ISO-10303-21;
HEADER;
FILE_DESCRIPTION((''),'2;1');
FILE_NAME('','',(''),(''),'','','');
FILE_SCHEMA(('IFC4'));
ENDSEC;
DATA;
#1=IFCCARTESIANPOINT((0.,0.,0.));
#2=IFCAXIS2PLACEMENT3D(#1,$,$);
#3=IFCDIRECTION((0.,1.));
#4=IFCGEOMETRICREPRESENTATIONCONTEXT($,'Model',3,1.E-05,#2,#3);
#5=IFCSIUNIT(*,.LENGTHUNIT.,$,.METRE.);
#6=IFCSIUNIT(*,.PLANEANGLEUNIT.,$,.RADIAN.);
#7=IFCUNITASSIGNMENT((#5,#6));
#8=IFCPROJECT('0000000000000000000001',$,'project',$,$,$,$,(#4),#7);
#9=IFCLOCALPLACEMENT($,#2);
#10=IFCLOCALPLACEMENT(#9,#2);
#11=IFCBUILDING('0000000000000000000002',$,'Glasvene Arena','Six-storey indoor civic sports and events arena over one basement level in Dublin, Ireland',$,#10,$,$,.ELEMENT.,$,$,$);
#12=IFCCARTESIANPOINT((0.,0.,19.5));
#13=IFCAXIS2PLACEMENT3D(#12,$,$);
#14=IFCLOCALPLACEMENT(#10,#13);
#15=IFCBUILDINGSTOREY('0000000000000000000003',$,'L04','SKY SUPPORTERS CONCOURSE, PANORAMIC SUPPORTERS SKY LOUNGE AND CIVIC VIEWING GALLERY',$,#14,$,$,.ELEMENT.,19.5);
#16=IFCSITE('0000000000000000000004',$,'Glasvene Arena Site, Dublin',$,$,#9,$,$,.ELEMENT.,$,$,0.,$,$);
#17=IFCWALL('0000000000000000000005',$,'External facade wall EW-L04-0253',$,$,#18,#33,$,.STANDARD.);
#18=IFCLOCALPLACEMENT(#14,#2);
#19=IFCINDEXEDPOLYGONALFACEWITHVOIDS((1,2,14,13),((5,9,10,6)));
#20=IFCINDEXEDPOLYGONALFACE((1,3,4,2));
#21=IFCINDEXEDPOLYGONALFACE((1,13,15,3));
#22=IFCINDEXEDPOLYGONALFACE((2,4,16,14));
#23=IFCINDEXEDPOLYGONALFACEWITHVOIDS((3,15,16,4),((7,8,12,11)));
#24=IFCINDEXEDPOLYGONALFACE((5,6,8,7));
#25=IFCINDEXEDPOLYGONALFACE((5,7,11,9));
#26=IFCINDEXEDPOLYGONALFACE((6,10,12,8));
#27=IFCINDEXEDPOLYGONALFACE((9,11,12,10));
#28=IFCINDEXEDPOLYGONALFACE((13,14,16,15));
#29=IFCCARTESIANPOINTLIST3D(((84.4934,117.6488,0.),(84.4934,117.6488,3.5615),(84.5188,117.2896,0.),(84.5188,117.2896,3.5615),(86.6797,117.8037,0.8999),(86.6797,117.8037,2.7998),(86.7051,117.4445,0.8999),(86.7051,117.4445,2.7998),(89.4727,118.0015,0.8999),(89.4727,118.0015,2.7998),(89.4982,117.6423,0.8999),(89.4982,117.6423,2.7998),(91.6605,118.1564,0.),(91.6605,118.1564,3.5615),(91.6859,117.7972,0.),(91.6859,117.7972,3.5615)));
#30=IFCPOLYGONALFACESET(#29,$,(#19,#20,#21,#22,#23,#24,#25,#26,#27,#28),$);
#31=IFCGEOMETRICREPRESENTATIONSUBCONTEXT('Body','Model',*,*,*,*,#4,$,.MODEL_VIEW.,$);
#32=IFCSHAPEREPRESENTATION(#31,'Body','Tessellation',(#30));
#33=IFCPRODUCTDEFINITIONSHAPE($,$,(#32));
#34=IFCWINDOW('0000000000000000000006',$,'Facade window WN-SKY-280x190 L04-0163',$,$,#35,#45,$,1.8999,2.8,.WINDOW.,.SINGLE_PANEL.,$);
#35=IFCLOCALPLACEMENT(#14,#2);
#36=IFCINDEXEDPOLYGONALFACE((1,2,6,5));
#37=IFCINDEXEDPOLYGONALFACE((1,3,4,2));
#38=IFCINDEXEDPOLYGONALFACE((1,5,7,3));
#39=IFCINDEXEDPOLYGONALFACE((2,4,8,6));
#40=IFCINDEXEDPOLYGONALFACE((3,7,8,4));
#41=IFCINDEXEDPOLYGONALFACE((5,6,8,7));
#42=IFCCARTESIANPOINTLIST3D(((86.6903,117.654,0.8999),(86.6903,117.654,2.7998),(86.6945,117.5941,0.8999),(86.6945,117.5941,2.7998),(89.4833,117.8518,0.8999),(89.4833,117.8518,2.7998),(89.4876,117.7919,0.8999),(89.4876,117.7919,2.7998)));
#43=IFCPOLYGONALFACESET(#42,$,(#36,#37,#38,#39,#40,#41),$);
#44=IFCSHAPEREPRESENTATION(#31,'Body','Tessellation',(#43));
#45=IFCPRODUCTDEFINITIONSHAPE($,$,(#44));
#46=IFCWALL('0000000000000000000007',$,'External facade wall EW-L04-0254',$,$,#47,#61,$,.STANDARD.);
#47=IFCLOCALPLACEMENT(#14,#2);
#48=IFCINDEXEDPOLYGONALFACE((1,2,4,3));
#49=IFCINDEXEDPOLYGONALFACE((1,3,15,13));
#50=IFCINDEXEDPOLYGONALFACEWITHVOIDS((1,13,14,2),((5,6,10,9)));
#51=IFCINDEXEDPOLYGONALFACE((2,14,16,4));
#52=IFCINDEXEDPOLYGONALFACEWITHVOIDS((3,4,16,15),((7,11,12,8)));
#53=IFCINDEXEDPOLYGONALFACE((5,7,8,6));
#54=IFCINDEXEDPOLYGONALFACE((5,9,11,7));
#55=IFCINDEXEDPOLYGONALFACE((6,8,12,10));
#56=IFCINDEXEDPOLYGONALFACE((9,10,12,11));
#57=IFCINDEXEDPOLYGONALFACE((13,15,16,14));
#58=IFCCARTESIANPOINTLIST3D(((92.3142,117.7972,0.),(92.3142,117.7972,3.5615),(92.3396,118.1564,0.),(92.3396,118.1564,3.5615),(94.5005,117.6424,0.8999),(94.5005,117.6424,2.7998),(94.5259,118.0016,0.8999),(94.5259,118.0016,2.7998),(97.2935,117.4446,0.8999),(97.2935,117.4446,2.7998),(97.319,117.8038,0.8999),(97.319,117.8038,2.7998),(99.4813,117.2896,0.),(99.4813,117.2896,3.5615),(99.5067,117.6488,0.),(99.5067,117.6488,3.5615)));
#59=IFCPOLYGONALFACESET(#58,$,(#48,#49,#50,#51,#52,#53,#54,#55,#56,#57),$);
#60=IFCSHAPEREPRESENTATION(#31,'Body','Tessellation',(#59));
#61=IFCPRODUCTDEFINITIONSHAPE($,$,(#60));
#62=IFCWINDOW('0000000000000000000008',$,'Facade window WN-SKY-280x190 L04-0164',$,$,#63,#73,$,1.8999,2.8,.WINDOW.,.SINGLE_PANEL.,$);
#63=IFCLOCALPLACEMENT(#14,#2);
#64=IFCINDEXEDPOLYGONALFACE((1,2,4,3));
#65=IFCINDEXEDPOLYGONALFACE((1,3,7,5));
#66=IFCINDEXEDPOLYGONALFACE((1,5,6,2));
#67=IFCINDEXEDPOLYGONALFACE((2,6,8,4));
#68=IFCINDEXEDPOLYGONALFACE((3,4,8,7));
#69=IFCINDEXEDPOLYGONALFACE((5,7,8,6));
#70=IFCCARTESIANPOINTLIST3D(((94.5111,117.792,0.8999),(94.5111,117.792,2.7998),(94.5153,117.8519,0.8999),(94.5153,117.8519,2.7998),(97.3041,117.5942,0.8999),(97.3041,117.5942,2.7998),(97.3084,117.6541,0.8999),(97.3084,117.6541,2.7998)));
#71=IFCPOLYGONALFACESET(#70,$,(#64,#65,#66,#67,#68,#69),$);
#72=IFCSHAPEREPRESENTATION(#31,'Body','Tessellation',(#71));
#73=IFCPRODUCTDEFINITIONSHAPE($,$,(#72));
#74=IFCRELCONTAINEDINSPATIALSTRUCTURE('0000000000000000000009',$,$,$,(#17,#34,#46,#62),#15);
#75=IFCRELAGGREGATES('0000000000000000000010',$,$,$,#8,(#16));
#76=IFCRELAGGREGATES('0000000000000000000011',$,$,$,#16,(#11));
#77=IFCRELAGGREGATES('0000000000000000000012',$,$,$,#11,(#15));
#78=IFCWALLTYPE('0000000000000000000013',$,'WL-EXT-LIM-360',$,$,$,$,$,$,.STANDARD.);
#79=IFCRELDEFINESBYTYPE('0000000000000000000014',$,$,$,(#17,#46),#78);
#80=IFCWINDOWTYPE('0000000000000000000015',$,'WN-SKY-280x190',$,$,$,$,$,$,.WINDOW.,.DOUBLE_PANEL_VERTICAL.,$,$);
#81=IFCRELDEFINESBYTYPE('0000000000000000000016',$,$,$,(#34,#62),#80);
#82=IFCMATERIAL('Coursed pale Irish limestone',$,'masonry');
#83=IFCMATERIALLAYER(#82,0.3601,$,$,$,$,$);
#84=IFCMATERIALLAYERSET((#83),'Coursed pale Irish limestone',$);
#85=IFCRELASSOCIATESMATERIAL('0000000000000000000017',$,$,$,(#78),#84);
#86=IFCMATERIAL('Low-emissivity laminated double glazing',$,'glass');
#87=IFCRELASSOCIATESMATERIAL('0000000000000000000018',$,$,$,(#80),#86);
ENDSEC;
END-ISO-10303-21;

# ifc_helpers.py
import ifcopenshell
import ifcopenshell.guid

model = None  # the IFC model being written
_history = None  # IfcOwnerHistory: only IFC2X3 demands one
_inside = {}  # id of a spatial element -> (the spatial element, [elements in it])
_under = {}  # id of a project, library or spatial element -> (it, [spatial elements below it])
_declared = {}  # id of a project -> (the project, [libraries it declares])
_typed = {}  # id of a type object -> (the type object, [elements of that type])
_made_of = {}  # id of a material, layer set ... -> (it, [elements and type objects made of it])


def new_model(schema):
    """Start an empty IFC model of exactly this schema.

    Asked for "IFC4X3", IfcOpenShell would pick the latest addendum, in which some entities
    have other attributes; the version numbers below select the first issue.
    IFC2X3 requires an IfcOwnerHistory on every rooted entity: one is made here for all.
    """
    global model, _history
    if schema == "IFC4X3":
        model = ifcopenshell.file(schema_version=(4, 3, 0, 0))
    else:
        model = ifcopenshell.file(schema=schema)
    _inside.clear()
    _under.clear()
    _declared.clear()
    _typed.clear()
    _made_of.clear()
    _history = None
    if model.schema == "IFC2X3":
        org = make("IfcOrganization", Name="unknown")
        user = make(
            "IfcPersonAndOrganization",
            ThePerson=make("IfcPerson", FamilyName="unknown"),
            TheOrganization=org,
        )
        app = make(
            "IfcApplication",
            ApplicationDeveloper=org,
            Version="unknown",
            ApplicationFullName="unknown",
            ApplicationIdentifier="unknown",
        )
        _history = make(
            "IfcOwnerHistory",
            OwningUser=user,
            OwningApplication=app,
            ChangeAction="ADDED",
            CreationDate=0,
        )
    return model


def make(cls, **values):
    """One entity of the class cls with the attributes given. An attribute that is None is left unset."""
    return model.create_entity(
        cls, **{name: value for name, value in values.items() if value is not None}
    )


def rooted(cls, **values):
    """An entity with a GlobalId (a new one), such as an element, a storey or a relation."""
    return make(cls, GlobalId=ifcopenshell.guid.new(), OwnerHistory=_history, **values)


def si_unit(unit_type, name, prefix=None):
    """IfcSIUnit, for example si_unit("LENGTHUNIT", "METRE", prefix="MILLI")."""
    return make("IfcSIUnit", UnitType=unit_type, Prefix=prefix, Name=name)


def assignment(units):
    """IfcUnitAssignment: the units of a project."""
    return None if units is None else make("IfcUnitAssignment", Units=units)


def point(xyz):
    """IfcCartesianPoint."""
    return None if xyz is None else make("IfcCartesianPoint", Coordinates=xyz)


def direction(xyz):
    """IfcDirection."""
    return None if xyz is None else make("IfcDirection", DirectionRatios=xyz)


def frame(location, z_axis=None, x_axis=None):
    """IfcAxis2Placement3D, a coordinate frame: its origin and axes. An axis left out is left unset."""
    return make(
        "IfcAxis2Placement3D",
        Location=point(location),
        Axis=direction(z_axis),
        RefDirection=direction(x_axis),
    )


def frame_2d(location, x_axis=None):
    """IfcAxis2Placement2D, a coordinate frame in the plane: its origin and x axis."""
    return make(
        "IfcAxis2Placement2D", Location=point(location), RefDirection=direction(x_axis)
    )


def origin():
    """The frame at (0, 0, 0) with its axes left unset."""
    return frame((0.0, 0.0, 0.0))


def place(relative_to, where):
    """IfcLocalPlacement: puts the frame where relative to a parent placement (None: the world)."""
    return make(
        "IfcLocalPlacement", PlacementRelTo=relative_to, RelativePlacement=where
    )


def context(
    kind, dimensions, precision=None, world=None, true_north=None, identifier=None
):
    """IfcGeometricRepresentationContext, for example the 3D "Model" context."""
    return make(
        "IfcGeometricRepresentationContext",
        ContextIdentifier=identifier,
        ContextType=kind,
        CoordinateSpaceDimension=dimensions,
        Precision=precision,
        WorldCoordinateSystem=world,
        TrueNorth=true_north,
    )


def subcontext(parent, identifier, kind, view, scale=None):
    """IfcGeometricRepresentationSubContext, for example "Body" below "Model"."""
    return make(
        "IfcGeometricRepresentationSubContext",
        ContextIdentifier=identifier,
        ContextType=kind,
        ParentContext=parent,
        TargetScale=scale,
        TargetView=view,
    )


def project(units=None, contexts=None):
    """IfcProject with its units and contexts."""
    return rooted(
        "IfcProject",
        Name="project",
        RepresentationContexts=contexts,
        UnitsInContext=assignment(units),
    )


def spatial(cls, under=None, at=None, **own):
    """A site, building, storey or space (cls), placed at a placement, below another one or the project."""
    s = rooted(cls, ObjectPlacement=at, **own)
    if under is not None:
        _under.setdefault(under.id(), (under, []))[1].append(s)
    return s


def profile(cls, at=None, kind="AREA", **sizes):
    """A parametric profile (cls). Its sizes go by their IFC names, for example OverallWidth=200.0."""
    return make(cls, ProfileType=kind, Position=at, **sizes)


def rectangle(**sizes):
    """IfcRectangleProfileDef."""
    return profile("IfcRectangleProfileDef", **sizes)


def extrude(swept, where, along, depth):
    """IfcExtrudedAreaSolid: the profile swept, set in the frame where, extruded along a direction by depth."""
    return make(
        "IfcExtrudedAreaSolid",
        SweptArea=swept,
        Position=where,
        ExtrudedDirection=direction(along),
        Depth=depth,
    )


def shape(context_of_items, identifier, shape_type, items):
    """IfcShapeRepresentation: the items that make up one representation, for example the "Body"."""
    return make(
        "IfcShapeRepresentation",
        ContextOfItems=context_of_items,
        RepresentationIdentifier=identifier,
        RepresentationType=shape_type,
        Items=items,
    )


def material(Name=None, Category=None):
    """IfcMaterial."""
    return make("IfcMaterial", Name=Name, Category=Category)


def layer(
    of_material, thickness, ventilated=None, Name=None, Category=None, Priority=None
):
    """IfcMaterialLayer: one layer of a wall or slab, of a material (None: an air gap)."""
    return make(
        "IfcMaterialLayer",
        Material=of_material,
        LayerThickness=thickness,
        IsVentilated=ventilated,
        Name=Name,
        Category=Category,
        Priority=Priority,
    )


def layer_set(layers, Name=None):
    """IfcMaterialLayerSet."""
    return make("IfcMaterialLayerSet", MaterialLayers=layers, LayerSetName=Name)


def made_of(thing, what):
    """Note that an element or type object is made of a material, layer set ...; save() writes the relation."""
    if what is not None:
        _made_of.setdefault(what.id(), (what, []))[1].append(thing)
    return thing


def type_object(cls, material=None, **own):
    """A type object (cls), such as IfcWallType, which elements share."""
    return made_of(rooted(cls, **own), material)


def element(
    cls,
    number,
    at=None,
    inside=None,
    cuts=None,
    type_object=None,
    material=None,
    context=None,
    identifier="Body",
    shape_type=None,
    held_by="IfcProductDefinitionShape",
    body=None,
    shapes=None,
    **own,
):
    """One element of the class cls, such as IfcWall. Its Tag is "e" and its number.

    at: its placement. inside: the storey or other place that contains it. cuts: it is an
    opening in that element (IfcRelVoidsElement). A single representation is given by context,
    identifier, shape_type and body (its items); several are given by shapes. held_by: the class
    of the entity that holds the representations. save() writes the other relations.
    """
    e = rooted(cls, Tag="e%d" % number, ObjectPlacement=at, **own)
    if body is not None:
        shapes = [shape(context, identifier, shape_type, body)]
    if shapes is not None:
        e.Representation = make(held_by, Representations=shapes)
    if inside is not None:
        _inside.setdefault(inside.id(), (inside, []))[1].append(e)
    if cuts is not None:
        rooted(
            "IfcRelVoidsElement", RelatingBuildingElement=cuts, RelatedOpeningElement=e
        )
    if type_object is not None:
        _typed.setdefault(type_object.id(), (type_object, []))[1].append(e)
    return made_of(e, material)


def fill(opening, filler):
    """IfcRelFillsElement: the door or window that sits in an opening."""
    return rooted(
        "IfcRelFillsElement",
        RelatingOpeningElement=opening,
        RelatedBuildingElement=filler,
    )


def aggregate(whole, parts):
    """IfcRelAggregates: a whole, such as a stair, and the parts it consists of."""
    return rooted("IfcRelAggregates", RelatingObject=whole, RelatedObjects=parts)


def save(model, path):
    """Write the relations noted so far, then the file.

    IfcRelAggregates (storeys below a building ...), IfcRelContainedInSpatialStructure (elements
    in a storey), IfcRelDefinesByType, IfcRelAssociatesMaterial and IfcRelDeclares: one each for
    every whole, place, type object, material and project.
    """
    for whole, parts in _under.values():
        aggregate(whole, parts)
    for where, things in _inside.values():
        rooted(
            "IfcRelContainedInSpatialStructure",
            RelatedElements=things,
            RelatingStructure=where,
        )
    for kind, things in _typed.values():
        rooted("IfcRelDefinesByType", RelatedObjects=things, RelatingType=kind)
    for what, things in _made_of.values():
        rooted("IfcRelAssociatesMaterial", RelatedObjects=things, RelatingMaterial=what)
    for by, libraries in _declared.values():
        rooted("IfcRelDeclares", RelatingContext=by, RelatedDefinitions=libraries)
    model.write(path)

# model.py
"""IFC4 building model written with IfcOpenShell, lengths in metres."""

from ifc_helpers import new_model, si_unit, direction, frame, frame_2d, origin, place, context, subcontext, project, spatial, rectangle, extrude, material, layer, layer_set, type_object, element, fill, save


model = new_model("IFC4")

# Units and contexts
model_context = context("Model", 3, precision=1e-05, world=origin(), true_north=direction((0.0, 1.0)))
body_context = subcontext(model_context, "Body", "Model", "MODEL_VIEW")
ifc_project = project(units=[si_unit("LENGTHUNIT", "METRE"), si_unit("PLANEANGLEUNIT", "RADIAN")], contexts=[model_context])

# Site, building, storey
site_placement = place(None, origin())
site = spatial("IfcSite", under=ifc_project, at=site_placement, Name="Glasvene Arena Site, Dublin", CompositionType="ELEMENT", RefElevation=0.0)
building_placement = place(site_placement, origin())
building = spatial("IfcBuilding", under=site, at=building_placement, Name="Glasvene Arena", Description="Six-storey indoor civic sports and events arena over one basement level in Dublin, Ireland", CompositionType="ELEMENT")
storey_placement = place(building_placement, frame((0.0, 0.0, 19.5)))
storey = spatial("IfcBuildingStorey", under=building, at=storey_placement, Name="L04", Description="SKY SUPPORTERS CONCOURSE, PANORAMIC SUPPORTERS SKY LOUNGE AND CIVIC VIEWING GALLERY", CompositionType="ELEMENT", Elevation=19.5)

# Shared definitions
ifc_material_1 = material(Name="Low-emissivity laminated double glazing", Category="glass")

# Walls, openings, windows
ifc_material_2 = material(Name="Coursed pale Irish limestone", Category="masonry")
ifc_layer_1 = layer(ifc_material_2, 0.3601)
ifc_layer_set_1 = layer_set([ifc_layer_1], Name="Coursed pale Irish limestone")
wall_type = type_object("IfcWallType", Name="WL-EXT-LIM-360", PredefinedType="STANDARD", material=ifc_layer_set_1)
wall_1_placement = place(storey_placement, frame((84.5061, 117.4692, 0.0), z_axis=(0.0, 0.0, 1.0), x_axis=(0.997502, 0.070643, 0.0)))
wall_1 = element("IfcWall", 1, at=wall_1_placement, inside=storey, type_object=wall_type, Name="External facade wall EW-L04-0253", PredefinedType="STANDARD", context=body_context, shape_type="SweptSolid", body=[
    extrude(rectangle(XDim=7.1851, YDim=0.3601, at=frame_2d((3.5925, 0.0))), origin(), (0.0, 0.0, 1.0), 3.5615),
])
opening_1_placement = place(wall_1_placement, frame((2.1919, 0.0, 0.8999)))
opening_1 = element("IfcOpeningElement", 2, at=opening_1_placement, cuts=wall_1, PredefinedType="OPENING", context=body_context, shape_type="SweptSolid", body=[
    extrude(rectangle(XDim=2.8, YDim=1.8999, at=frame_2d((1.3999, 0.95))), frame((0.0, 0.1899, 0.0), z_axis=(0.0, -1.0, 0.0), x_axis=(1.0, 0.0, 0.0)), (0.0, 0.0, 1.0), 0.3801),
])
window_type = type_object("IfcWindowType", Name="WN-SKY-280x190", PartitioningType="DOUBLE_PANEL_VERTICAL", PredefinedType="WINDOW", material=ifc_material_1)
window_1_placement = place(opening_1_placement, origin())
window_1 = element("IfcWindow", 3, at=window_1_placement, inside=storey, type_object=window_type, Name="Facade window WN-SKY-280x190 L04-0163", OverallHeight=1.8999, OverallWidth=2.8, PartitioningType="SINGLE_PANEL", PredefinedType="WINDOW", context=body_context, shape_type="SweptSolid", body=[
    extrude(rectangle(XDim=2.8, YDim=1.8999, at=frame_2d((1.3999, 0.95))), frame((0.0, 0.03, 0.0), z_axis=(0.0, -1.0, 0.0), x_axis=(1.0, 0.0, 0.0)), (0.0, 0.0, 1.0), 0.0601),
])
fill(opening_1, window_1)
wall_2_placement = place(storey_placement, frame((92.3269, 117.9768, 0.0), z_axis=(0.0, 0.0, 1.0), x_axis=(0.997502, -0.070643, 0.0)))
wall_2 = element("IfcWall", 4, at=wall_2_placement, inside=storey, type_object=wall_type, Name="External facade wall EW-L04-0254", PredefinedType="STANDARD", context=body_context, shape_type="SweptSolid", body=[
    extrude(rectangle(XDim=7.1851, YDim=0.3601, at=frame_2d((3.5925, 0.0))), origin(), (0.0, 0.0, 1.0), 3.5615),
])
opening_2_placement = place(wall_2_placement, frame((2.1919, 0.0, 0.8999)))
opening_2 = element("IfcOpeningElement", 5, at=opening_2_placement, cuts=wall_2, PredefinedType="OPENING", context=body_context, shape_type="SweptSolid", body=[
    extrude(rectangle(XDim=2.8, YDim=1.8999, at=frame_2d((1.3999, 0.95))), frame((0.0, 0.1899, 0.0), z_axis=(0.0, -1.0, 0.0), x_axis=(1.0, 0.0, 0.0)), (0.0, 0.0, 1.0), 0.3801),
])
window_2_placement = place(opening_2_placement, origin())
window_2 = element("IfcWindow", 6, at=window_2_placement, inside=storey, type_object=window_type, Name="Facade window WN-SKY-280x190 L04-0164", OverallHeight=1.8999, OverallWidth=2.8, PartitioningType="SINGLE_PANEL", PredefinedType="WINDOW", context=body_context, shape_type="SweptSolid", body=[
    extrude(rectangle(XDim=2.8, YDim=1.8999, at=frame_2d((1.3999, 0.95))), frame((0.0, 0.03, 0.0), z_axis=(0.0, -1.0, 0.0), x_axis=(1.0, 0.0, 0.0)), (0.0, 0.0, 1.0), 0.0601),
])
fill(opening_2, window_2)

save(model, "model.ifc")
